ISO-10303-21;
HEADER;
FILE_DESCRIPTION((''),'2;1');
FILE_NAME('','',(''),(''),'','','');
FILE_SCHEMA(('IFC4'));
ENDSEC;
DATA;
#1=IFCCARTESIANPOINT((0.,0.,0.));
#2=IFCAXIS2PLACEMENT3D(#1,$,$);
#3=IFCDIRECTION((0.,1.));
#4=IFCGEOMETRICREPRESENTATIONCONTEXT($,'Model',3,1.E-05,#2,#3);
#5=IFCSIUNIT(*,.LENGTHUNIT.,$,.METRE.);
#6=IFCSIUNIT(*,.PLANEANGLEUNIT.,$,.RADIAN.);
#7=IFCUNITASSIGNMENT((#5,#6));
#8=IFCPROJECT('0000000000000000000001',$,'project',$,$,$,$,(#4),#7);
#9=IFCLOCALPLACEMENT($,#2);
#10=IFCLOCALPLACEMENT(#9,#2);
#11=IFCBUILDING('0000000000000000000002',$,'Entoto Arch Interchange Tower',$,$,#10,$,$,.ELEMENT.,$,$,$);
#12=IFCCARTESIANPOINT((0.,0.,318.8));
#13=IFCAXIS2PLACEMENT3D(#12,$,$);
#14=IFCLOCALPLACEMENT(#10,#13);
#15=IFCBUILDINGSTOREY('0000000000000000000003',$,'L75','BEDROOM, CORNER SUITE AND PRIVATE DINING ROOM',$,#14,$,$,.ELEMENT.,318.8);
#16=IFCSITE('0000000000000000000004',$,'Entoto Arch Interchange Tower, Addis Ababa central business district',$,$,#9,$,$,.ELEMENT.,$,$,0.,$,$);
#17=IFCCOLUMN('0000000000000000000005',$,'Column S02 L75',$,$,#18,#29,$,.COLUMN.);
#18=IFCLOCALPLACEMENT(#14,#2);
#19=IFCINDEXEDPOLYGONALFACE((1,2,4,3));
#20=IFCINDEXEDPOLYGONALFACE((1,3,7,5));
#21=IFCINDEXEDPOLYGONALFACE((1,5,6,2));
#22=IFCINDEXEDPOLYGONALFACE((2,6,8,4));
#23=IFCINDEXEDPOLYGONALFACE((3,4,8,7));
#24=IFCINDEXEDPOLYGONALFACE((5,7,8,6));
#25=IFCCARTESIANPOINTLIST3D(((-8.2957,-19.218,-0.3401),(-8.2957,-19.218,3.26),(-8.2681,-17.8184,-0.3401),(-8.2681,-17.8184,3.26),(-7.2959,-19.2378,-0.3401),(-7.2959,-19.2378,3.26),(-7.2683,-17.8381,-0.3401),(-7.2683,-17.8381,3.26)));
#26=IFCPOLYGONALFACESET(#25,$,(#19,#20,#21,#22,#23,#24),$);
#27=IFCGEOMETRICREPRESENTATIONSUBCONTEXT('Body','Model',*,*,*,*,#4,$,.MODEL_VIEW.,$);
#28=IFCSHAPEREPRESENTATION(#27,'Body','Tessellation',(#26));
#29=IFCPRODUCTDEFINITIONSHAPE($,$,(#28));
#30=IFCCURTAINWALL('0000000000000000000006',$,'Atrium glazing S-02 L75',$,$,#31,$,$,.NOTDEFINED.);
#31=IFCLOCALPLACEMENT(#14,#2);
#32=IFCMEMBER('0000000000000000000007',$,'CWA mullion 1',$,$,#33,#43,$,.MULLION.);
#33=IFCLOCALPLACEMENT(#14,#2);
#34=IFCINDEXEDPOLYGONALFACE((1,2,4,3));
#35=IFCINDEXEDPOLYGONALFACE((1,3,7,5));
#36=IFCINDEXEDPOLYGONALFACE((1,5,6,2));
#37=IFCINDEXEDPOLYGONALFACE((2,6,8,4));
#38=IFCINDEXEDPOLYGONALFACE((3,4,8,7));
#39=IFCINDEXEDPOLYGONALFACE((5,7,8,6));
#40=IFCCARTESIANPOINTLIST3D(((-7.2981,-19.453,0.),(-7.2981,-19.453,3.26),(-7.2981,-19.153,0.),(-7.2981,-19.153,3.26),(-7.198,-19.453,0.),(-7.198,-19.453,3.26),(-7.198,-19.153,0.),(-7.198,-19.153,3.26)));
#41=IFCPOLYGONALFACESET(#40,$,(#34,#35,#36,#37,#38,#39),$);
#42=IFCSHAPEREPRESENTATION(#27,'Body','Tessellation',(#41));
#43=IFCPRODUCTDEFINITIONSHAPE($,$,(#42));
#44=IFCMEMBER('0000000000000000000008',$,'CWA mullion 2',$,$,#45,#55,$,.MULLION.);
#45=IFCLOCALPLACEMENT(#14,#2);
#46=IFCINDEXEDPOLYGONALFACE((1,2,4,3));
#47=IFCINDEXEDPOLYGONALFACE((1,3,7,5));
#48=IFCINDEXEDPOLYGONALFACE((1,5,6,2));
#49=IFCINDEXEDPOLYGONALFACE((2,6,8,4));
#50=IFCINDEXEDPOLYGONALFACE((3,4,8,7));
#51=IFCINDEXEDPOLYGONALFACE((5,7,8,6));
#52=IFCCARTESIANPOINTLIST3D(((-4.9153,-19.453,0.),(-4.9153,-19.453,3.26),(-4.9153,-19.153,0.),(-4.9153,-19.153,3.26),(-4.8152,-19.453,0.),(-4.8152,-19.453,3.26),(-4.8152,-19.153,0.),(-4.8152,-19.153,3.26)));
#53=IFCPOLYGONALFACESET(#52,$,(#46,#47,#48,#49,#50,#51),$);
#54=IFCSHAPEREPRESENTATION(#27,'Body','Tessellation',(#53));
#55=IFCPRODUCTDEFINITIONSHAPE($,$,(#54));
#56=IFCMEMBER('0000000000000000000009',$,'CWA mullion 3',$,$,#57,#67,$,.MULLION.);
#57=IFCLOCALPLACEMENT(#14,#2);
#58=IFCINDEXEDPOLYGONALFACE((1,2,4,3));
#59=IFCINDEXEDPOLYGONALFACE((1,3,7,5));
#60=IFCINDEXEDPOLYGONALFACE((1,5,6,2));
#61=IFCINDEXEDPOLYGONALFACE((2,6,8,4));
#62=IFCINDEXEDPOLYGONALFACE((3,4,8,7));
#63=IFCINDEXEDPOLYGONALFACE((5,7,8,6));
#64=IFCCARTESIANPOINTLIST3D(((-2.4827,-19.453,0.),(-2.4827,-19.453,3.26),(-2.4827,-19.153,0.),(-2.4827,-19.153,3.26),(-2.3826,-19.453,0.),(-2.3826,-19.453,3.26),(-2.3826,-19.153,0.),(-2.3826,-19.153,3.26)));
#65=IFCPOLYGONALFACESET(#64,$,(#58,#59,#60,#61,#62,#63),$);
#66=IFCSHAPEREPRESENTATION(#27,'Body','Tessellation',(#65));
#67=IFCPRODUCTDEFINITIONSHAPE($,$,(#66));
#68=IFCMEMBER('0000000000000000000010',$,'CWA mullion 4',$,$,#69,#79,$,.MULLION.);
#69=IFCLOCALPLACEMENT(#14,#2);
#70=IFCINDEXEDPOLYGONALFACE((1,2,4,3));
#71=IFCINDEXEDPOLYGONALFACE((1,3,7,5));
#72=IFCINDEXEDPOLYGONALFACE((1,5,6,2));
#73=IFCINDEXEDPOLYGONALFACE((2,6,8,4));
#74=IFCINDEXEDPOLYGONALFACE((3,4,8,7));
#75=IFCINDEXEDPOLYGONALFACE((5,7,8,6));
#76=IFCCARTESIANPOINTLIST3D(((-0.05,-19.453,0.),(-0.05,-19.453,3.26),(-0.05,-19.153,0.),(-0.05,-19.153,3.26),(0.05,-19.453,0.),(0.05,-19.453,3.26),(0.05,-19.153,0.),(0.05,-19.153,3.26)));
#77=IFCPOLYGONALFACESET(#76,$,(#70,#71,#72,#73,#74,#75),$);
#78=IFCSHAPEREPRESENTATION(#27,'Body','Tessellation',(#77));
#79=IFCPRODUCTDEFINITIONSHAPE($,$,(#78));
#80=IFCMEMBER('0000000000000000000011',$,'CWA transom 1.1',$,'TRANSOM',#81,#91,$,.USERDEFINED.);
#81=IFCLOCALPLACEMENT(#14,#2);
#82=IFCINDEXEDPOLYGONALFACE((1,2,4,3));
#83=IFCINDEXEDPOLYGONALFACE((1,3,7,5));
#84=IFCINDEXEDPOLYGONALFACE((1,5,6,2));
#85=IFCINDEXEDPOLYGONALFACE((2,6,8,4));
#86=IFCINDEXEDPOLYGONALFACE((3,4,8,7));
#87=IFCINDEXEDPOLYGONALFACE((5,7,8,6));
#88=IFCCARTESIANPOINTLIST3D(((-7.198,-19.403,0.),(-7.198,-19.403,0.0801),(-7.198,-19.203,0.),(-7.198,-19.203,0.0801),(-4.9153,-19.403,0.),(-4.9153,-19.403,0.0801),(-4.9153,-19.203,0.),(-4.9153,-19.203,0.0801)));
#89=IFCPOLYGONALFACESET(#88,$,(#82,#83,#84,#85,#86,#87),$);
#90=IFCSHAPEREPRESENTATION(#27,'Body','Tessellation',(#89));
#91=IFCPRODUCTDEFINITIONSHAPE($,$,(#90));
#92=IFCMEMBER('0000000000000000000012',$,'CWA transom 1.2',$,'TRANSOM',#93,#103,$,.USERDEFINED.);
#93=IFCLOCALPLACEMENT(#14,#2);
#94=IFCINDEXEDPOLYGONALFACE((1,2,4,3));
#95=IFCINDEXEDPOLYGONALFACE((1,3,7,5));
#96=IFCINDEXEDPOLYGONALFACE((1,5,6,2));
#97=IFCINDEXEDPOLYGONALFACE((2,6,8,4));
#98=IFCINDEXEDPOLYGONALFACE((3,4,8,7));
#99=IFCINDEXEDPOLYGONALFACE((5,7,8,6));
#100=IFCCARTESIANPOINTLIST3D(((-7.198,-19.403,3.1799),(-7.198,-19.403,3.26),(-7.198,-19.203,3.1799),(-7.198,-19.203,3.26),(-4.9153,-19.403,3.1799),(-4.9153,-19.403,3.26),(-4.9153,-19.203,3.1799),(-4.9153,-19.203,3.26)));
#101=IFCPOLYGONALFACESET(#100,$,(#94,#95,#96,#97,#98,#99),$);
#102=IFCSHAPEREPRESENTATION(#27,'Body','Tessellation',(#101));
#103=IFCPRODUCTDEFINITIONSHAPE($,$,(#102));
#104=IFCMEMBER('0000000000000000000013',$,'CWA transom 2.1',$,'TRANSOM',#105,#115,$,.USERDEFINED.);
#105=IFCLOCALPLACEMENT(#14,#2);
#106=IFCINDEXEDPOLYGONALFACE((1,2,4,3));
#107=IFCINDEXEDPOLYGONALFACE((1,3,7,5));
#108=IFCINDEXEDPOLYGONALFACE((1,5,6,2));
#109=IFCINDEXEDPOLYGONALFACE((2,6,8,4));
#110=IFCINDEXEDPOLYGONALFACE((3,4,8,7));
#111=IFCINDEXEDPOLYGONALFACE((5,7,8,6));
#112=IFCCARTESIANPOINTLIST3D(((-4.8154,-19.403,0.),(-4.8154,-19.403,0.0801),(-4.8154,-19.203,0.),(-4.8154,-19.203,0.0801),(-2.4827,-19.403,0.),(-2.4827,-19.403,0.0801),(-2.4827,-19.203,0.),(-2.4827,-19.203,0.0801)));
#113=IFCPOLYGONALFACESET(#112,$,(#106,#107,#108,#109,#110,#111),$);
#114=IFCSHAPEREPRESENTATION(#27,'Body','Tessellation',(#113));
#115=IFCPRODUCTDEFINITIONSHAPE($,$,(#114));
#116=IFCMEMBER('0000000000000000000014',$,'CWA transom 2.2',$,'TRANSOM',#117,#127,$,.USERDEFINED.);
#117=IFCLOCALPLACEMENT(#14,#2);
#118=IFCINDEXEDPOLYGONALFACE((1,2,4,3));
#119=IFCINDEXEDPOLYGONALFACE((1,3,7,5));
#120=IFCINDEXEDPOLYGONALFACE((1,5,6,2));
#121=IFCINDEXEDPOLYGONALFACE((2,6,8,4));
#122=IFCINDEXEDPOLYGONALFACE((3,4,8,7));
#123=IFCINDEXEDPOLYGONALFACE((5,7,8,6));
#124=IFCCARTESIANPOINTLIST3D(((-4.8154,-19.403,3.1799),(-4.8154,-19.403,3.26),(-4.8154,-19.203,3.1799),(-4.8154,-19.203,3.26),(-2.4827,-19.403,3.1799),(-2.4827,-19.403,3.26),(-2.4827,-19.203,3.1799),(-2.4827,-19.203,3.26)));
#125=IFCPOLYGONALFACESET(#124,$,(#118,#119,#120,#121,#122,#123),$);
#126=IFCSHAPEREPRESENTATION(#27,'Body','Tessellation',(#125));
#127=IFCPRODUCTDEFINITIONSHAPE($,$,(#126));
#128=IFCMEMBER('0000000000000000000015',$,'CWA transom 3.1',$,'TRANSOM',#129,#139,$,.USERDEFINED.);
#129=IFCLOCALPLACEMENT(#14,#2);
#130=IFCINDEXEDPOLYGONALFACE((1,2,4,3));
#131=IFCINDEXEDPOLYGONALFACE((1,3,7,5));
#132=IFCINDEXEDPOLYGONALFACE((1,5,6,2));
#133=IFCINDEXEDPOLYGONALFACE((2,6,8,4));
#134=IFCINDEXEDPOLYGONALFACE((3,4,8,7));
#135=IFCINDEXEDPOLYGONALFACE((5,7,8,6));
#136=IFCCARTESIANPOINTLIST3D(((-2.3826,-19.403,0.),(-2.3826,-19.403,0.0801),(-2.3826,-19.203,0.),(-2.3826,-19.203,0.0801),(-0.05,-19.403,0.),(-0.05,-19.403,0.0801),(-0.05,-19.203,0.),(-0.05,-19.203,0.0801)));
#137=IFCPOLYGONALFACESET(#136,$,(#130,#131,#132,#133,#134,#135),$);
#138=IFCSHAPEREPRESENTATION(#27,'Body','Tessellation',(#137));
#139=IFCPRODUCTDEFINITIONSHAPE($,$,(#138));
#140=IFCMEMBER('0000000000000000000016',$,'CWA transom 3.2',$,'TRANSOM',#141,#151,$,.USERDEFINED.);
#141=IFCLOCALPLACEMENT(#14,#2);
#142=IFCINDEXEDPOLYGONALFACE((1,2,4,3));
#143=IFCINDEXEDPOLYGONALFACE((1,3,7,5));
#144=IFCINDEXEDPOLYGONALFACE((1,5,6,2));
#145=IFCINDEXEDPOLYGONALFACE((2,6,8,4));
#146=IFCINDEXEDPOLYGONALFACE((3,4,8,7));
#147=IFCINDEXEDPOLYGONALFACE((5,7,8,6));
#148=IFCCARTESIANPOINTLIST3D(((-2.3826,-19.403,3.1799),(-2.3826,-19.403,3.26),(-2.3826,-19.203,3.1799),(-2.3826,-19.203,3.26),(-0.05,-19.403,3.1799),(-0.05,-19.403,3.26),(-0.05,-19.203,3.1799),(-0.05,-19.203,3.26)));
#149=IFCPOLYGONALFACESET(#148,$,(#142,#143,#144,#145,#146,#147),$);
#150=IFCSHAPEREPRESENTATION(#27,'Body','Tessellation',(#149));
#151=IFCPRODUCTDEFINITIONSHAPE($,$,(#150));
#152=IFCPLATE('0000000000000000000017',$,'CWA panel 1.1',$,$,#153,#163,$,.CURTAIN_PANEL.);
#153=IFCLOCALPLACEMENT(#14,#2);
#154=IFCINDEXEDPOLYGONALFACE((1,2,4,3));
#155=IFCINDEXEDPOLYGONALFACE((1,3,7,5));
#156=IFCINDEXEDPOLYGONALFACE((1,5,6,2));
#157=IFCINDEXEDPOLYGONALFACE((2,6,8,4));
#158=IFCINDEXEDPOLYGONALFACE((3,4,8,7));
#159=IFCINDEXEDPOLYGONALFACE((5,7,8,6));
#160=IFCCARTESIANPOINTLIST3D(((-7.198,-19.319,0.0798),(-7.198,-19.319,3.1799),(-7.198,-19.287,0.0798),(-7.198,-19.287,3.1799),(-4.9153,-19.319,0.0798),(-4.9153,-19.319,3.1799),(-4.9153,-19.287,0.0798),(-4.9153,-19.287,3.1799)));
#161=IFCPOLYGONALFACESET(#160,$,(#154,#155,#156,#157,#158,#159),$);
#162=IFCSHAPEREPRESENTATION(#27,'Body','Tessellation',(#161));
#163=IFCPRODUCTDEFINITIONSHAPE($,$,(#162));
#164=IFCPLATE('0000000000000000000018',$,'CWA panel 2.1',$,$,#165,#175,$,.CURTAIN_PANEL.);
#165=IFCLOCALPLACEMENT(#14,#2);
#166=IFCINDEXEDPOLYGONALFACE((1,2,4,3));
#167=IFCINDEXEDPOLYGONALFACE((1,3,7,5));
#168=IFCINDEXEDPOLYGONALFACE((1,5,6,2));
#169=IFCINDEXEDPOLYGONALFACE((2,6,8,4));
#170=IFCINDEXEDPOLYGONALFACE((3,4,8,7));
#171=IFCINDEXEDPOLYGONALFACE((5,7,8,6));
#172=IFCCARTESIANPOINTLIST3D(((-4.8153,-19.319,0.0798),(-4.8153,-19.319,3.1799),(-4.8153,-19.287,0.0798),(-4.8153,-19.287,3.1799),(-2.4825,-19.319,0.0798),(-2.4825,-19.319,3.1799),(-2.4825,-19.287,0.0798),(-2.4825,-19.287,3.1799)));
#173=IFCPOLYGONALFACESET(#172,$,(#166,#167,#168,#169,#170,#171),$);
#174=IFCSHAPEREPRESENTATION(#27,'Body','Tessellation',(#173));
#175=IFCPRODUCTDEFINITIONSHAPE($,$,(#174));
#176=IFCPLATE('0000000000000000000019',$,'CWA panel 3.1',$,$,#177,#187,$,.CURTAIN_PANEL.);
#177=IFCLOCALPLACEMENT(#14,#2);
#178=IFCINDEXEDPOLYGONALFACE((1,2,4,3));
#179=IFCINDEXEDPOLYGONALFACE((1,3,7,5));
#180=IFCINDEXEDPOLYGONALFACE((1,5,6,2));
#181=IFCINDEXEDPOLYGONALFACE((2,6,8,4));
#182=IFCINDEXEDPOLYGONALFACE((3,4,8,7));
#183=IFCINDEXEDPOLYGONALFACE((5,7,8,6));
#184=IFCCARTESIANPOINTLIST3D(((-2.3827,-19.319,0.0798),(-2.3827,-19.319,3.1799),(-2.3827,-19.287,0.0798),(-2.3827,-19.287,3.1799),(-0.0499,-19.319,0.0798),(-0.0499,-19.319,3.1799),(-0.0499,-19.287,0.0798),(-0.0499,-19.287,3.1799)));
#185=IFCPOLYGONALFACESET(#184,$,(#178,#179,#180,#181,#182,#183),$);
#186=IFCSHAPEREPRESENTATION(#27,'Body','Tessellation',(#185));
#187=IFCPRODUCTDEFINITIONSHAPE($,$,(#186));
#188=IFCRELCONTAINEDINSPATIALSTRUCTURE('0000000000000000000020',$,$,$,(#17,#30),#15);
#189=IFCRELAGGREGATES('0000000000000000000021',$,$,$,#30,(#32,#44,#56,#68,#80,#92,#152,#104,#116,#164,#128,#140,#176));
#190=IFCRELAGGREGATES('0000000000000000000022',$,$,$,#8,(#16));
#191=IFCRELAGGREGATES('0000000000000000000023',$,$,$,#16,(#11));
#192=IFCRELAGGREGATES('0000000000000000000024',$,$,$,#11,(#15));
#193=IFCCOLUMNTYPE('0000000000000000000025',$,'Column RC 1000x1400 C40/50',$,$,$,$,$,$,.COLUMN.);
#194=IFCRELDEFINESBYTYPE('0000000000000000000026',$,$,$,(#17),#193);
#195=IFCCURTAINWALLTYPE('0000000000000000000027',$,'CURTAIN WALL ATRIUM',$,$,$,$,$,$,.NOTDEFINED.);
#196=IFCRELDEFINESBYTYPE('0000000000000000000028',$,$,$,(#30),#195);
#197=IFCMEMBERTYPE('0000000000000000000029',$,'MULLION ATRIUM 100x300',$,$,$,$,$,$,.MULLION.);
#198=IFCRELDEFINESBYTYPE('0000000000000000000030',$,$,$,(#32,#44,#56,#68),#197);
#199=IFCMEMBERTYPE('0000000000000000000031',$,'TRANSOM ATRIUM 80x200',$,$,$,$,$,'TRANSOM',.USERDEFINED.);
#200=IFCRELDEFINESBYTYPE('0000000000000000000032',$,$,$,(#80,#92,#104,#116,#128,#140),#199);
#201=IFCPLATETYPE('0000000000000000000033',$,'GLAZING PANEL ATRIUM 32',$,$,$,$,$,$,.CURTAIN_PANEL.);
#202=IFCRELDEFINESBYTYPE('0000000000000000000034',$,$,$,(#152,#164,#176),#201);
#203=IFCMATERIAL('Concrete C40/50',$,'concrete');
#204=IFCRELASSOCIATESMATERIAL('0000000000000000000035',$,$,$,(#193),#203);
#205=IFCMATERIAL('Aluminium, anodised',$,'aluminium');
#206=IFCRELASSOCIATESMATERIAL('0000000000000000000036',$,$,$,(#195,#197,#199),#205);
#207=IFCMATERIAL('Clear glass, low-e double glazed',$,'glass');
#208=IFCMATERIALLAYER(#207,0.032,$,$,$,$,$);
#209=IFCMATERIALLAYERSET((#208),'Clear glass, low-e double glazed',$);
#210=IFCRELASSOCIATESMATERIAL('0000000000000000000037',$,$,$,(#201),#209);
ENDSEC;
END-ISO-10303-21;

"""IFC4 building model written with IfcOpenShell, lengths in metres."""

from ifc_helpers import new_model, si_unit, direction, frame, origin, origin_2d, place, context, subcontext, project, spatial, rectangle, extrude, material, layer, layer_set, material_profile, profile_set, type_object, element, aggregate, save


model = new_model("IFC4")

# Units and contexts
model_context = context("Model", 3, precision=1e-05, world=origin(), true_north=direction((0.0, 1.0)))
body_context = subcontext(model_context, "Body", "Model", "MODEL_VIEW")
ifc_project = project(units=[si_unit("LENGTHUNIT", "METRE"), si_unit("PLANEANGLEUNIT", "RADIAN")], contexts=[model_context])

# Site, building, storey
site_placement = place(None, origin())
site = spatial("IfcSite", under=ifc_project, at=site_placement, Name="Entoto Arch Interchange Tower, Addis Ababa central business district", CompositionType="ELEMENT", RefElevation=0.0)
building_placement = place(site_placement, origin())
building = spatial("IfcBuilding", under=site, at=building_placement, Name="Entoto Arch Interchange Tower", CompositionType="ELEMENT")
storey_placement = place(building_placement, frame((0.0, 0.0, 318.8)))
storey = spatial("IfcBuildingStorey", under=building, at=storey_placement, Name="L75", Description="BEDROOM, CORNER SUITE AND PRIVATE DINING ROOM", CompositionType="ELEMENT", Elevation=318.8)

# Column
ifc_material_1 = material(Name="Concrete C40/50", Category="concrete")
ifc_material_profile_1 = material_profile(ifc_material_1, rectangle(XDim=1.0, YDim=1.3999, at=origin_2d()))
ifc_profile_set_1 = profile_set([ifc_material_profile_1], Name="Concrete C40/50")
column_type = type_object("IfcColumnType", Name="Column RC 1000x1400 C40/50", PredefinedType="COLUMN", material=ifc_profile_set_1)
column_placement = place(storey_placement, frame((-7.782, -18.5281, -0.3401), z_axis=(0.0, 0.0, 1.0), x_axis=(-0.999806, 0.019721, 0.0)))
element("IfcColumn", 1, at=column_placement, inside=storey, type_object=column_type, Name="Column S02 L75", PredefinedType="COLUMN", context=body_context, shape_type="SweptSolid", body=[
    extrude(rectangle(XDim=1.0, YDim=1.3999, at=origin_2d()), origin(), (0.0, 0.0, 1.0), 3.6001),
])

# Curtain wall, members, plates
ifc_material_2 = material(Name="Aluminium, anodised", Category="aluminium")
curtain_wall_type = type_object("IfcCurtainWallType", Name="CURTAIN WALL ATRIUM", PredefinedType="NOTDEFINED", material=ifc_material_2)
curtain_wall_placement = place(storey_placement, origin())
curtain_wall = element("IfcCurtainWall", 2, at=curtain_wall_placement, inside=storey, type_object=curtain_wall_type, Name="Atrium glazing S-02 L75", PredefinedType="NOTDEFINED")
ifc_material_profile_2 = material_profile(ifc_material_2, rectangle(XDim=0.3, YDim=0.1001, at=origin_2d()))
ifc_profile_set_2 = profile_set([ifc_material_profile_2], Name="Aluminium, anodised")
member_type_1 = type_object("IfcMemberType", Name="MULLION ATRIUM 100x300", PredefinedType="MULLION", material=ifc_profile_set_2)
member_1_placement = place(storey_placement, frame((-7.248, -19.303, 0.0), z_axis=(0.0, 0.0, 1.0), x_axis=(0.0, 1.0, 0.0)))
member_1 = element("IfcMember", 3, at=member_1_placement, type_object=member_type_1, Name="CWA mullion 1", PredefinedType="MULLION", context=body_context, shape_type="SweptSolid", body=[
    extrude(rectangle(XDim=0.3, YDim=0.1001, at=origin_2d()), origin(), (0.0, 0.0, 1.0), 3.26),
])
member_2_placement = place(storey_placement, frame((-4.8652, -19.303, 0.0), z_axis=(0.0, 0.0, 1.0), x_axis=(0.0, 1.0, 0.0)))
member_2 = element("IfcMember", 4, at=member_2_placement, type_object=member_type_1, Name="CWA mullion 2", PredefinedType="MULLION", context=body_context, shape_type="SweptSolid", body=[
    extrude(rectangle(XDim=0.3, YDim=0.1001, at=origin_2d()), origin(), (0.0, 0.0, 1.0), 3.26),
])
member_3_placement = place(storey_placement, frame((-2.4326, -19.303, 0.0), z_axis=(0.0, 0.0, 1.0), x_axis=(0.0, 1.0, 0.0)))
member_3 = element("IfcMember", 5, at=member_3_placement, type_object=member_type_1, Name="CWA mullion 3", PredefinedType="MULLION", context=body_context, shape_type="SweptSolid", body=[
    extrude(rectangle(XDim=0.3, YDim=0.1001, at=origin_2d()), origin(), (0.0, 0.0, 1.0), 3.26),
])
member_4_placement = place(storey_placement, frame((0.0, -19.303, 0.0), z_axis=(0.0, 0.0, 1.0), x_axis=(0.0, 1.0, 0.0)))
member_4 = element("IfcMember", 6, at=member_4_placement, type_object=member_type_1, Name="CWA mullion 4", PredefinedType="MULLION", context=body_context, shape_type="SweptSolid", body=[
    extrude(rectangle(XDim=0.3, YDim=0.1001, at=origin_2d()), origin(), (0.0, 0.0, 1.0), 3.26),
])
ifc_material_profile_3 = material_profile(ifc_material_2, rectangle(XDim=0.2, YDim=0.0801, at=origin_2d()))
ifc_profile_set_3 = profile_set([ifc_material_profile_3], Name="Aluminium, anodised")
member_type_2 = type_object("IfcMemberType", Name="TRANSOM ATRIUM 80x200", ElementType="TRANSOM", PredefinedType="USERDEFINED", material=ifc_profile_set_3)
member_5_placement = place(storey_placement, frame((-7.198, -19.303, 0.04), z_axis=(1.0, 0.0, 0.0), x_axis=(0.0, 1.0, 0.0)))
member_5 = element("IfcMember", 7, at=member_5_placement, type_object=member_type_2, Name="CWA transom 1.1", ObjectType="TRANSOM", PredefinedType="USERDEFINED", context=body_context, shape_type="SweptSolid", body=[
    extrude(rectangle(XDim=0.2, YDim=0.0801, at=origin_2d()), origin(), (0.0, 0.0, 1.0), 2.2827),
])
member_6_placement = place(storey_placement, frame((-7.198, -19.303, 3.22), z_axis=(1.0, 0.0, 0.0), x_axis=(0.0, 1.0, 0.0)))
member_6 = element("IfcMember", 8, at=member_6_placement, type_object=member_type_2, Name="CWA transom 1.2", ObjectType="TRANSOM", PredefinedType="USERDEFINED", context=body_context, shape_type="SweptSolid", body=[
    extrude(rectangle(XDim=0.2, YDim=0.0801, at=origin_2d()), origin(), (0.0, 0.0, 1.0), 2.2827),
])
member_7_placement = place(storey_placement, frame((-4.8154, -19.303, 0.04), z_axis=(1.0, 0.0, 0.0), x_axis=(0.0, 1.0, 0.0)))
member_7 = element("IfcMember", 9, at=member_7_placement, type_object=member_type_2, Name="CWA transom 2.1", ObjectType="TRANSOM", PredefinedType="USERDEFINED", context=body_context, shape_type="SweptSolid", body=[
    extrude(rectangle(XDim=0.2, YDim=0.0801, at=origin_2d()), origin(), (0.0, 0.0, 1.0), 2.3328),
])
member_8_placement = place(storey_placement, frame((-4.8154, -19.303, 3.22), z_axis=(1.0, 0.0, 0.0), x_axis=(0.0, 1.0, 0.0)))
member_8 = element("IfcMember", 10, at=member_8_placement, type_object=member_type_2, Name="CWA transom 2.2", ObjectType="TRANSOM", PredefinedType="USERDEFINED", context=body_context, shape_type="SweptSolid", body=[
    extrude(rectangle(XDim=0.2, YDim=0.0801, at=origin_2d()), origin(), (0.0, 0.0, 1.0), 2.3328),
])
member_9_placement = place(storey_placement, frame((-2.3826, -19.303, 0.04), z_axis=(1.0, 0.0, 0.0), x_axis=(0.0, 1.0, 0.0)))
member_9 = element("IfcMember", 11, at=member_9_placement, type_object=member_type_2, Name="CWA transom 3.1", ObjectType="TRANSOM", PredefinedType="USERDEFINED", context=body_context, shape_type="SweptSolid", body=[
    extrude(rectangle(XDim=0.2, YDim=0.0801, at=origin_2d()), origin(), (0.0, 0.0, 1.0), 2.3325),
])
member_10_placement = place(storey_placement, frame((-2.3826, -19.303, 3.22), z_axis=(1.0, 0.0, 0.0), x_axis=(0.0, 1.0, 0.0)))
member_10 = element("IfcMember", 12, at=member_10_placement, type_object=member_type_2, Name="CWA transom 3.2", ObjectType="TRANSOM", PredefinedType="USERDEFINED", context=body_context, shape_type="SweptSolid", body=[
    extrude(rectangle(XDim=0.2, YDim=0.0801, at=origin_2d()), origin(), (0.0, 0.0, 1.0), 2.3325),
])
ifc_material_3 = material(Name="Clear glass, low-e double glazed", Category="glass")
ifc_layer_1 = layer(ifc_material_3, 0.032)
ifc_layer_set_1 = layer_set([ifc_layer_1], Name="Clear glass, low-e double glazed")
plate_type = type_object("IfcPlateType", Name="GLAZING PANEL ATRIUM 32", PredefinedType="CURTAIN_PANEL", material=ifc_layer_set_1)
plate_1_placement = place(storey_placement, frame((-6.0566, -19.303, 0.0798), z_axis=(0.0, 0.0, 1.0), x_axis=(1.0, 0.0, 0.0)))
plate_1 = element("IfcPlate", 13, at=plate_1_placement, type_object=plate_type, Name="CWA panel 1.1", PredefinedType="CURTAIN_PANEL", context=body_context, shape_type="SweptSolid", body=[
    extrude(rectangle(XDim=2.2827, YDim=0.032, at=origin_2d()), origin(), (0.0, 0.0, 1.0), 3.1001),
])
plate_2_placement = place(storey_placement, frame((-3.6489, -19.303, 0.0798), z_axis=(0.0, 0.0, 1.0), x_axis=(1.0, 0.0, 0.0)))
plate_2 = element("IfcPlate", 14, at=plate_2_placement, type_object=plate_type, Name="CWA panel 2.1", PredefinedType="CURTAIN_PANEL", context=body_context, shape_type="SweptSolid", body=[
    extrude(rectangle(XDim=2.3328, YDim=0.032, at=origin_2d()), origin(), (0.0, 0.0, 1.0), 3.1001),
])
plate_3_placement = place(storey_placement, frame((-1.2163, -19.303, 0.0798), z_axis=(0.0, 0.0, 1.0), x_axis=(1.0, 0.0, 0.0)))
plate_3 = element("IfcPlate", 15, at=plate_3_placement, type_object=plate_type, Name="CWA panel 3.1", PredefinedType="CURTAIN_PANEL", context=body_context, shape_type="SweptSolid", body=[
    extrude(rectangle(XDim=2.3328, YDim=0.032, at=origin_2d()), origin(), (0.0, 0.0, 1.0), 3.1001),
])
aggregate(curtain_wall, [member_1, member_2, member_3, member_4, member_5, member_6, plate_1, member_7, member_8, plate_2, member_9, member_10, plate_3])

save(model, "model.ifc")
